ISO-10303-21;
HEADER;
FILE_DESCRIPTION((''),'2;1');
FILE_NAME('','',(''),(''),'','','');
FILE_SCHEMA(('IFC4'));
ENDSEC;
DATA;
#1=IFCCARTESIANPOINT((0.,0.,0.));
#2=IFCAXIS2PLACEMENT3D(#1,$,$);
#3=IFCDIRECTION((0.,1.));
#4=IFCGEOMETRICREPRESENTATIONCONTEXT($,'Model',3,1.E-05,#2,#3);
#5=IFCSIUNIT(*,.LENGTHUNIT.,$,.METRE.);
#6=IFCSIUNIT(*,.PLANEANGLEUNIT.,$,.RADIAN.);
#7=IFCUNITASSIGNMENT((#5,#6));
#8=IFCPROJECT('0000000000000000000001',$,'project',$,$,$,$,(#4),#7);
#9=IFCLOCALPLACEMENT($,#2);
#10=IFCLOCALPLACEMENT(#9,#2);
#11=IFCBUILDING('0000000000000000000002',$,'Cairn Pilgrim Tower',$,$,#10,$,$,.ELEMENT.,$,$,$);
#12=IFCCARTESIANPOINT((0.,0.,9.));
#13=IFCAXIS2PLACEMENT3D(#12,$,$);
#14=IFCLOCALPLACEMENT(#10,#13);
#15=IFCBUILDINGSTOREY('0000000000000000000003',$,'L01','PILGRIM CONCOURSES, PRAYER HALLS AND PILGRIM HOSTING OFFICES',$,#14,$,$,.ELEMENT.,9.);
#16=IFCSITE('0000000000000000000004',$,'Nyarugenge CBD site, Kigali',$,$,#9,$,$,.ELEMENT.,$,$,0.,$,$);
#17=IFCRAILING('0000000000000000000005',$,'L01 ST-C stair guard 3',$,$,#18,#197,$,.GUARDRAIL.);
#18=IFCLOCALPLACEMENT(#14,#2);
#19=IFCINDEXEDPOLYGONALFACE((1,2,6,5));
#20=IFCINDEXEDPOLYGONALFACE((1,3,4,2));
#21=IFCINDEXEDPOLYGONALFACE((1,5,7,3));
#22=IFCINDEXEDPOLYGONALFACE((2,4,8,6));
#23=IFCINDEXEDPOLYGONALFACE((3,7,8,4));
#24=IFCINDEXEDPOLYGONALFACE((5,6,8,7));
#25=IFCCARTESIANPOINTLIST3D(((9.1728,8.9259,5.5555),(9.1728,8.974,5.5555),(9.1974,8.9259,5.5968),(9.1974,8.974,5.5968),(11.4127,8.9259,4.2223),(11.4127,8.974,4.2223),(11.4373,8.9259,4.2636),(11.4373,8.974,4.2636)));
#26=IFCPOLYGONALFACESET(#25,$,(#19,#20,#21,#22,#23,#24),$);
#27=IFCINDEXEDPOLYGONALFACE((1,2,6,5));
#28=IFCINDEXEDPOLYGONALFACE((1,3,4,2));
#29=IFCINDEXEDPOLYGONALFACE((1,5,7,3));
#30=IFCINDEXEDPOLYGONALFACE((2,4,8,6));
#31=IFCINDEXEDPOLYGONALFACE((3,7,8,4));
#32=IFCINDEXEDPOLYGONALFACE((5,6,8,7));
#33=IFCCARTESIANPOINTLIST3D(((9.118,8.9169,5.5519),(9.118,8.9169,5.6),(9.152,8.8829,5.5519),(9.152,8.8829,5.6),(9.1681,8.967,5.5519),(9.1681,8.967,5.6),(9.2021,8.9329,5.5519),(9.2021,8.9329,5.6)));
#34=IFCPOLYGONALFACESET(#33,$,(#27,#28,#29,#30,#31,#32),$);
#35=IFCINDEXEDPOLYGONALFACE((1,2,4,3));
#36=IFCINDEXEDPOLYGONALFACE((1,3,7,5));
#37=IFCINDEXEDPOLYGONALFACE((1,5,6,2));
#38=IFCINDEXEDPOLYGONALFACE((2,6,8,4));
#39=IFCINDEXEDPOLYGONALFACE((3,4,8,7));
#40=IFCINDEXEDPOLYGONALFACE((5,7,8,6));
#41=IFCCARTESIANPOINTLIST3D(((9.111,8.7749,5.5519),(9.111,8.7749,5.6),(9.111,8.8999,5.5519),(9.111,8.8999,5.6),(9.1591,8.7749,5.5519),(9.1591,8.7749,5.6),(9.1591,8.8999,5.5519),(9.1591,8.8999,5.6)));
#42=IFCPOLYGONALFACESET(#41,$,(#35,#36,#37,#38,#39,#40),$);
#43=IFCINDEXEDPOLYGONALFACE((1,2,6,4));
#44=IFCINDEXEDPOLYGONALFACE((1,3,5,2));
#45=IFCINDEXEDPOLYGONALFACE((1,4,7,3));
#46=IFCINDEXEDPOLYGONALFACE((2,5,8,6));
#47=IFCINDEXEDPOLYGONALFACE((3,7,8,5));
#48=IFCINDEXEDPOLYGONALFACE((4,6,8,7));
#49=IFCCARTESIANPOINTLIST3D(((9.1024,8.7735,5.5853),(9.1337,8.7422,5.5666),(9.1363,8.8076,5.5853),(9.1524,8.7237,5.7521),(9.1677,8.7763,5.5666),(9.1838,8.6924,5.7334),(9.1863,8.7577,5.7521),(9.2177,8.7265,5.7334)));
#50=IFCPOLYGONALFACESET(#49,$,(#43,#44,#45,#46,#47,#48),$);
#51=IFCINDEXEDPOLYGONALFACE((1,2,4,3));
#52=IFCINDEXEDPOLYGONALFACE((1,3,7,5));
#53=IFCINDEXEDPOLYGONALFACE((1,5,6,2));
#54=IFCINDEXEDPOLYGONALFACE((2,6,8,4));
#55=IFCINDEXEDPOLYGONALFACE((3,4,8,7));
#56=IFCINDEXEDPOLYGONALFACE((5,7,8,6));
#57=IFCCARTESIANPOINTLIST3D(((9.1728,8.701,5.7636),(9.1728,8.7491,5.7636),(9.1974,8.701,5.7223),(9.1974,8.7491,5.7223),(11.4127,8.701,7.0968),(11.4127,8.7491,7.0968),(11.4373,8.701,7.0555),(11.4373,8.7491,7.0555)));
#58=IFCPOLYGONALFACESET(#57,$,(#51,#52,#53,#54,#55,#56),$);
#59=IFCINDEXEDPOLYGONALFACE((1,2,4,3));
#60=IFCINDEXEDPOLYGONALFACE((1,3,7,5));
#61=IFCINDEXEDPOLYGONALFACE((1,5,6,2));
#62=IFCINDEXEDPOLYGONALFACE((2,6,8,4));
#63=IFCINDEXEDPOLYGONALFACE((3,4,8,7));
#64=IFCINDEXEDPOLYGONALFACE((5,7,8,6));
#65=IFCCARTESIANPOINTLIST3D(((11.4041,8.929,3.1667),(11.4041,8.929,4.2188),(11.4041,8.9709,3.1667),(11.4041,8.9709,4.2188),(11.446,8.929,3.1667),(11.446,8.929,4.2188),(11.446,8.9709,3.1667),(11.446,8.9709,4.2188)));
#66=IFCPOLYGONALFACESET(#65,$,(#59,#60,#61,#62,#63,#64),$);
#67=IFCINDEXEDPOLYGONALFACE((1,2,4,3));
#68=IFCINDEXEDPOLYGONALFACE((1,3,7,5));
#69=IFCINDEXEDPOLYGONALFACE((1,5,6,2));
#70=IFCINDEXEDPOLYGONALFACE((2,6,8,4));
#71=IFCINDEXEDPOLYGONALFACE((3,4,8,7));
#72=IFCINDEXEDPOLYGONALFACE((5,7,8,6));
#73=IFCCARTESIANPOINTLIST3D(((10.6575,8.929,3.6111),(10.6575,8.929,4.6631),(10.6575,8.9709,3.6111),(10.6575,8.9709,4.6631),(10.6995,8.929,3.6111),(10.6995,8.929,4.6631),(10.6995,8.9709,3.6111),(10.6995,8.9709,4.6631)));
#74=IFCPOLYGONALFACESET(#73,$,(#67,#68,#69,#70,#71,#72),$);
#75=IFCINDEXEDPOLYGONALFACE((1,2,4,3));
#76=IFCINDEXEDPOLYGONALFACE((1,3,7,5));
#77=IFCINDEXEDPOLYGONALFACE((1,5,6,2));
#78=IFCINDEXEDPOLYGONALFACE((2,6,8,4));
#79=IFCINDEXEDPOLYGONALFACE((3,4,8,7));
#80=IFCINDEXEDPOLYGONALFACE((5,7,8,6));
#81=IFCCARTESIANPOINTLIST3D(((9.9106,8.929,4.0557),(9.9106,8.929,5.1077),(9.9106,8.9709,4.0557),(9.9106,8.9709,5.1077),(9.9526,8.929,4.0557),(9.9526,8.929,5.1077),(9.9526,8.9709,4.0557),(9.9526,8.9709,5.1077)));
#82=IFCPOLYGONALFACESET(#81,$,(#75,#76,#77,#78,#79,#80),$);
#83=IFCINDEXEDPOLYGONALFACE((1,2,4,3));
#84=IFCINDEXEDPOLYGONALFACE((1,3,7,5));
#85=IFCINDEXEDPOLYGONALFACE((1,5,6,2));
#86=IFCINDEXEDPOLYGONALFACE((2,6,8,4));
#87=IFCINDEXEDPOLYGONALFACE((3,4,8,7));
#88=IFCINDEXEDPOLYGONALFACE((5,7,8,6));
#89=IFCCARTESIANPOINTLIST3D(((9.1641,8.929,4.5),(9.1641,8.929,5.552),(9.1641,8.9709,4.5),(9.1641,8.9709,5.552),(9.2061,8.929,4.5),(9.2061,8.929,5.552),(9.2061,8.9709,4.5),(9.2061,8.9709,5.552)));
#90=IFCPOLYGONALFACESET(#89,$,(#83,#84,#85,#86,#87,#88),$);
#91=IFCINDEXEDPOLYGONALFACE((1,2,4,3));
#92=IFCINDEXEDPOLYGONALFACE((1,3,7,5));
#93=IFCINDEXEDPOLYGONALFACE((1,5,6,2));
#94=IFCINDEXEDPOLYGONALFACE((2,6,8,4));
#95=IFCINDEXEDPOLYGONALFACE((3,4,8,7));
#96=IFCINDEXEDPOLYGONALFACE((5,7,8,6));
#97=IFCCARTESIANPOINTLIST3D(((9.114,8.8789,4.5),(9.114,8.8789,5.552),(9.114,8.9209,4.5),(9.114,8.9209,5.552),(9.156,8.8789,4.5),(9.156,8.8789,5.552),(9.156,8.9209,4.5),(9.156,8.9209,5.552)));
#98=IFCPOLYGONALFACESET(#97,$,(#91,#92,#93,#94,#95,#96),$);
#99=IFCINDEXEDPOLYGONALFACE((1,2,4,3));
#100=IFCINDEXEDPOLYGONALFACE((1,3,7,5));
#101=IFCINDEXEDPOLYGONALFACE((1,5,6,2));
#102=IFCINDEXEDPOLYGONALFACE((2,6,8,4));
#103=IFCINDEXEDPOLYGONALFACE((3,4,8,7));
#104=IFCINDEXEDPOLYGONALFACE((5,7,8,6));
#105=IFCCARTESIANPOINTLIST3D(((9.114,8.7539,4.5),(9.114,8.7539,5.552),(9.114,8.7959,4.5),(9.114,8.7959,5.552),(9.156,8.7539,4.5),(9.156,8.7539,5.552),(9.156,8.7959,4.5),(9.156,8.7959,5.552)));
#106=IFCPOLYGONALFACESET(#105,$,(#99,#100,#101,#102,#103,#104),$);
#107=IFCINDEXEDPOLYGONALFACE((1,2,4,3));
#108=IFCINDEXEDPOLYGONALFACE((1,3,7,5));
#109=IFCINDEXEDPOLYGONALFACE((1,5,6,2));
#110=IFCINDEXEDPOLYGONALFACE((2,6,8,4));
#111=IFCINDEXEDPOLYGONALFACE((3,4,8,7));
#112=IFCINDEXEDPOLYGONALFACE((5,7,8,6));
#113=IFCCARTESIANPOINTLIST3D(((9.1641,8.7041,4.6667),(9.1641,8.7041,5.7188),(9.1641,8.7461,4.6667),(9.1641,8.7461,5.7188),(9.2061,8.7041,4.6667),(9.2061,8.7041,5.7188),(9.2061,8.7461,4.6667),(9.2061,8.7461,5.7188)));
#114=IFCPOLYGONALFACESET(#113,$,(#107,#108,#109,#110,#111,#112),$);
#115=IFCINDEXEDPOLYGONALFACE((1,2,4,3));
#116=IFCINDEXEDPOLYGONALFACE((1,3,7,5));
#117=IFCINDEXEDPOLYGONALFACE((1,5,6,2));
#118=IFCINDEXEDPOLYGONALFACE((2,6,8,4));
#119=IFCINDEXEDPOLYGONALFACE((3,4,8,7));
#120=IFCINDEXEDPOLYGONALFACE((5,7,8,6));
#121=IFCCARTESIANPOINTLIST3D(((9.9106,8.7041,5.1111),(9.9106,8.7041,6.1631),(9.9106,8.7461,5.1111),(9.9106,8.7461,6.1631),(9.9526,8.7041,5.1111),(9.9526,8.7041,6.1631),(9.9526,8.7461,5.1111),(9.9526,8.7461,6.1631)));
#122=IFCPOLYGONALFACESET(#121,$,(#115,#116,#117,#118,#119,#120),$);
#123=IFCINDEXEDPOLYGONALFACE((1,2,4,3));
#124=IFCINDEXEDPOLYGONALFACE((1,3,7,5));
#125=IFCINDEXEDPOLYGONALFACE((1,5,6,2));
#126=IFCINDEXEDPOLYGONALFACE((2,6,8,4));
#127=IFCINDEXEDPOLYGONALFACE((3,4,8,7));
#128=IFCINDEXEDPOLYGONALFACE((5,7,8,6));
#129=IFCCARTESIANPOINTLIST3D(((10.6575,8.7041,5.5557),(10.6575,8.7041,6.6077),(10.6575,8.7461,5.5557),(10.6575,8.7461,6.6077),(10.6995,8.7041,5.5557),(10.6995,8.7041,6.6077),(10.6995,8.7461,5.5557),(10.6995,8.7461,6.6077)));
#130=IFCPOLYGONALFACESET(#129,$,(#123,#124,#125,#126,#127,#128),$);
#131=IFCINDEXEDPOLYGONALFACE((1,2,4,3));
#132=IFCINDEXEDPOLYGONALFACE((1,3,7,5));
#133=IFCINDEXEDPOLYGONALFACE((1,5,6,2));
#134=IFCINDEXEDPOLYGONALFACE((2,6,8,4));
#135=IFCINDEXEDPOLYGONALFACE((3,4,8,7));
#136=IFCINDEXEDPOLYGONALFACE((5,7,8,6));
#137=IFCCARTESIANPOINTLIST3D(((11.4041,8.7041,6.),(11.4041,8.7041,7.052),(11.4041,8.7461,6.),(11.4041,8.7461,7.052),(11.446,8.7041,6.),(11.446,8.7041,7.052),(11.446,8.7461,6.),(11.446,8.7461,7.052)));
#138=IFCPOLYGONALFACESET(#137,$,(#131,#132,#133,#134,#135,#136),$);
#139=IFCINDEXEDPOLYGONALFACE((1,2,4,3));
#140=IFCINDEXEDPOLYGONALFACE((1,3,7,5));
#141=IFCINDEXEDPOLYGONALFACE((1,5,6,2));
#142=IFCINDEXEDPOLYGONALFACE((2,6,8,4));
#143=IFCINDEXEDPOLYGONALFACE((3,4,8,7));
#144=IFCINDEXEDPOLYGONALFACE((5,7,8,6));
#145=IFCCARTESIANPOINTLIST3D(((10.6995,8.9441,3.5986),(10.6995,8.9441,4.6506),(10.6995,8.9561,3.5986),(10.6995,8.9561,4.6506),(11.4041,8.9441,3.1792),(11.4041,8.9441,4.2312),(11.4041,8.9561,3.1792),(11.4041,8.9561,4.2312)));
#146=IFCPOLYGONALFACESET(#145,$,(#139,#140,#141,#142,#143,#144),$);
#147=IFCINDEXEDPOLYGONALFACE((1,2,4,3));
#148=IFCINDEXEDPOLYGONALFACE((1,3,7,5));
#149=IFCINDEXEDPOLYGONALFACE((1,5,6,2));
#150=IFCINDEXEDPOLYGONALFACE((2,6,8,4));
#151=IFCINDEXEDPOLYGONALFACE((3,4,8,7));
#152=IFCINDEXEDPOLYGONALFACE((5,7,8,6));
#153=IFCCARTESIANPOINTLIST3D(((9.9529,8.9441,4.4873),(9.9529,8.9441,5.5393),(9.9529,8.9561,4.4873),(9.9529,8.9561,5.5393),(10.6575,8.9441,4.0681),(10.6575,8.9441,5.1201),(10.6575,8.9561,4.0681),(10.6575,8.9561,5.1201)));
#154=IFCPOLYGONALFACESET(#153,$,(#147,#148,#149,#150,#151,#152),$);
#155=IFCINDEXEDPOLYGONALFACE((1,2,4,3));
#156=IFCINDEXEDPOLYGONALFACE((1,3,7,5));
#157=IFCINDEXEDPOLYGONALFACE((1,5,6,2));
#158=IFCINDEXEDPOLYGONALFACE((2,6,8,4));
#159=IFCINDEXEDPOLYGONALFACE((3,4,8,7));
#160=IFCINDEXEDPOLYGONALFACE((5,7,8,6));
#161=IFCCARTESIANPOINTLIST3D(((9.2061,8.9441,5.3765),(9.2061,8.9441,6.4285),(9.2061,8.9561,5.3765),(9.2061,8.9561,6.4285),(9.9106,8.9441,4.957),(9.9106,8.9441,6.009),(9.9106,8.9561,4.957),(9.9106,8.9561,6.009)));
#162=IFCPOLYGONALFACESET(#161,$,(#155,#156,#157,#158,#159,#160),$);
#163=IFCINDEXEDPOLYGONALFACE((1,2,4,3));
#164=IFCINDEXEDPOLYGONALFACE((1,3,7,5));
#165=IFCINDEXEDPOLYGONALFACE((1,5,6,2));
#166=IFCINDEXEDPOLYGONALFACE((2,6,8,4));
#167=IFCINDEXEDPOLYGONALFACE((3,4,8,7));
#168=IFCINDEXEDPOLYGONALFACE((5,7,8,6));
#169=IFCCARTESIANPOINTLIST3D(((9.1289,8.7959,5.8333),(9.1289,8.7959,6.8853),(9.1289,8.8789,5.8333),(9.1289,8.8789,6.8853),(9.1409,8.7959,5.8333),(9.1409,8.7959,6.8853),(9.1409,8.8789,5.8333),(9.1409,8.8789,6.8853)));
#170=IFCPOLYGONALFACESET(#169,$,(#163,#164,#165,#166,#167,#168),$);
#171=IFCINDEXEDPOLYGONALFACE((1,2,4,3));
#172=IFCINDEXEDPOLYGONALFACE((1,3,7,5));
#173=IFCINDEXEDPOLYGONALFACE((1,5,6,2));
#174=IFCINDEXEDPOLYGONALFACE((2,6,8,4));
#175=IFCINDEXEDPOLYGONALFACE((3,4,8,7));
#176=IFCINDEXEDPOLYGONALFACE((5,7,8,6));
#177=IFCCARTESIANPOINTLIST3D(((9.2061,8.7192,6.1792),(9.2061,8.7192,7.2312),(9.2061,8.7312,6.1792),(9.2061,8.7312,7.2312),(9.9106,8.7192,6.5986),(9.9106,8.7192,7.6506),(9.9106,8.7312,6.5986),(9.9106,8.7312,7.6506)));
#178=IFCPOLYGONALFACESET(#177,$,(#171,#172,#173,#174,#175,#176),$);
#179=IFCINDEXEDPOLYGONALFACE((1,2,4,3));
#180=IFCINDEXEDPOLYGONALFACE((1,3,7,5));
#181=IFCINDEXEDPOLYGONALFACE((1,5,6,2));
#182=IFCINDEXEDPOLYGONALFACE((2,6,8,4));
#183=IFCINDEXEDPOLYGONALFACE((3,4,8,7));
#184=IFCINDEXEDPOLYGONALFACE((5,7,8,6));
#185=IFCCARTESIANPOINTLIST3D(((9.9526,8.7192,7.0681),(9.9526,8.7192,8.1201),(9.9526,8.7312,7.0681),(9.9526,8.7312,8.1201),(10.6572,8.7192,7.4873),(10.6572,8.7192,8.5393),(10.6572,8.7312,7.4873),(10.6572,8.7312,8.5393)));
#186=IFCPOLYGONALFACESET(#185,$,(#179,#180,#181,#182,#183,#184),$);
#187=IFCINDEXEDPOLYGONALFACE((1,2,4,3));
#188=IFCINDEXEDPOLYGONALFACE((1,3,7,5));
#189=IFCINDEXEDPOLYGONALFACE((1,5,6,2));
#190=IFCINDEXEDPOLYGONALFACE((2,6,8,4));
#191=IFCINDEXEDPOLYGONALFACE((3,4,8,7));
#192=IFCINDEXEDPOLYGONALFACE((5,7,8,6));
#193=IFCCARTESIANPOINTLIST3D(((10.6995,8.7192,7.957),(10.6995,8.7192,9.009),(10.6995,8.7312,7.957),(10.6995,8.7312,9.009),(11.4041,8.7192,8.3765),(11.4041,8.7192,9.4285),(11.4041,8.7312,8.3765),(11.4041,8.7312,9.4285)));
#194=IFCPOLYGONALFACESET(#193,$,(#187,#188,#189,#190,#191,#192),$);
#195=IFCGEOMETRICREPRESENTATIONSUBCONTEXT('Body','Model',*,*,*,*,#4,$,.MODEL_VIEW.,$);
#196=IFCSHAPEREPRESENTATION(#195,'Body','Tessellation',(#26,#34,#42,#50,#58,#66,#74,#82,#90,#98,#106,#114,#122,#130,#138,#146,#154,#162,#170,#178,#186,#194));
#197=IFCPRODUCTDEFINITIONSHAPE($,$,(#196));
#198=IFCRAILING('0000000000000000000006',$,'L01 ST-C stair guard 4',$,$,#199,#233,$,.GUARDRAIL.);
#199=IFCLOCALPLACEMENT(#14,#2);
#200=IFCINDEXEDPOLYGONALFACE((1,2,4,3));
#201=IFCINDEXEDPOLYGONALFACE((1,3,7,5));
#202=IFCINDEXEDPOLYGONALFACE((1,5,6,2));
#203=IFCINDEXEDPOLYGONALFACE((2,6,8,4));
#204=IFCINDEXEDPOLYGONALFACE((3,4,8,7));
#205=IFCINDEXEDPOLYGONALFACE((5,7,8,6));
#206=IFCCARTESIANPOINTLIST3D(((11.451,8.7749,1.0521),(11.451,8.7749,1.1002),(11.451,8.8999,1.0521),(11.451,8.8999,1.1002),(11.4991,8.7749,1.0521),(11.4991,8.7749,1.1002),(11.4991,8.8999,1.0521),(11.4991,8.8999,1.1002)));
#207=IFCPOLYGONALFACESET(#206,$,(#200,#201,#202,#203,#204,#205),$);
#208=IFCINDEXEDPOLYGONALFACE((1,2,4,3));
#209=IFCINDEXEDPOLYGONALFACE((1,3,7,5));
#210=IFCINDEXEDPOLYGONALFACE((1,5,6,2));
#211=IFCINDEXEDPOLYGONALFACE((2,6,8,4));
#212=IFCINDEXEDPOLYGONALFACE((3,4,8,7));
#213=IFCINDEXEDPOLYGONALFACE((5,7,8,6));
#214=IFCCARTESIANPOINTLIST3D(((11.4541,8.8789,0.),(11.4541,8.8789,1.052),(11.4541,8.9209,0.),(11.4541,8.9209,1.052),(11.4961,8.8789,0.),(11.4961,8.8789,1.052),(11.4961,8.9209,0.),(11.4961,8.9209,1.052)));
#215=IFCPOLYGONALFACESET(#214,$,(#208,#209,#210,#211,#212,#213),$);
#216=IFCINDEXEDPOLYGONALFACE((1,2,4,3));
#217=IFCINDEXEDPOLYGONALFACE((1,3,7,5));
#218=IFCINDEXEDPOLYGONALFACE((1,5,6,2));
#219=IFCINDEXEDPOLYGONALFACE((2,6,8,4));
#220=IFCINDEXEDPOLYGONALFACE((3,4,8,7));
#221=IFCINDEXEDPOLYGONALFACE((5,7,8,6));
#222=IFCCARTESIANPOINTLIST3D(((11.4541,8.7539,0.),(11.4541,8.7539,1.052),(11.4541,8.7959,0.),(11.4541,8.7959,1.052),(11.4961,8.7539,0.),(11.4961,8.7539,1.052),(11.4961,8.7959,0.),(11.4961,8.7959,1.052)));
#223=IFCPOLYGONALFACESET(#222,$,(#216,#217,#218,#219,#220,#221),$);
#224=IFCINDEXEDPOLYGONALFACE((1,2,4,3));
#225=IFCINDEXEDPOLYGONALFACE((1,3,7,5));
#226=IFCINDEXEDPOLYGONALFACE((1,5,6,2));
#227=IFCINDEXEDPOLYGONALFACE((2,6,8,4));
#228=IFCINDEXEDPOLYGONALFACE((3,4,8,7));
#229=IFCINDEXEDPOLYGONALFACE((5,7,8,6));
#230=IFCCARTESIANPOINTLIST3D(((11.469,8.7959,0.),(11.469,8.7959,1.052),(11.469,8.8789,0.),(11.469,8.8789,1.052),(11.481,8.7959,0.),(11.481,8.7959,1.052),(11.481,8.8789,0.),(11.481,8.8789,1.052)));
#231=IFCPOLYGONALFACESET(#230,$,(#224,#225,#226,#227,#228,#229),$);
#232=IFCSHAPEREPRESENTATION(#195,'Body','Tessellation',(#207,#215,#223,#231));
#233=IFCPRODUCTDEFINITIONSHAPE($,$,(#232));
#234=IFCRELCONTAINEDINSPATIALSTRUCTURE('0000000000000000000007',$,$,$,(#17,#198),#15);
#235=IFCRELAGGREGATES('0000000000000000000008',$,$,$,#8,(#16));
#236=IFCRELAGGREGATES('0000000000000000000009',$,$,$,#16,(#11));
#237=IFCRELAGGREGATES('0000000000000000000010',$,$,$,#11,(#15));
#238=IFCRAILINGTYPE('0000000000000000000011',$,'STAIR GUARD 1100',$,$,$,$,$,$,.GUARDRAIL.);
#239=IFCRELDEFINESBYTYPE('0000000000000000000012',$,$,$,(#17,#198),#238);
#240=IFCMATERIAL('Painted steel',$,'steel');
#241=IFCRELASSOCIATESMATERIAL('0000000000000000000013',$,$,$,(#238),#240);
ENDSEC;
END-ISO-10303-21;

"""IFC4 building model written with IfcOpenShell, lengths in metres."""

from ifc_helpers import new_model, si_unit, direction, frame, origin, origin_2d, place, context, subcontext, project, spatial, polyline, rectangle, outline, extrude, material, type_object, element, save


model = new_model("IFC4")

# Units and contexts
model_context = context("Model", 3, precision=1e-05, world=origin(), true_north=direction((0.0, 1.0)))
body_context = subcontext(model_context, "Body", "Model", "MODEL_VIEW")
ifc_project = project(units=[si_unit("LENGTHUNIT", "METRE"), si_unit("PLANEANGLEUNIT", "RADIAN")], contexts=[model_context])

# Site, building, storey
site_placement = place(None, origin())
site = spatial("IfcSite", under=ifc_project, at=site_placement, Name="Nyarugenge CBD site, Kigali", CompositionType="ELEMENT", RefElevation=0.0)
building_placement = place(site_placement, origin())
building = spatial("IfcBuilding", under=site, at=building_placement, Name="Cairn Pilgrim Tower", CompositionType="ELEMENT")
storey_placement = place(building_placement, frame((0.0, 0.0, 9.0)))
storey = spatial("IfcBuildingStorey", under=building, at=storey_placement, Name="L01", Description="PILGRIM CONCOURSES, PRAYER HALLS AND PILGRIM HOSTING OFFICES", CompositionType="ELEMENT", Elevation=9.0)

# Shared definitions
ifc_material_1 = material(Name="Painted steel", Category="steel")

# Railings
railing_type_1 = type_object("IfcRailingType", Name="STAIR GUARD 1100", PredefinedType="GUARDRAIL", material=ifc_material_1)
railing_1_placement = place(storey_placement, frame((11.425, 8.95, 3.1667)))
element("IfcRailing", 1, at=railing_1_placement, inside=storey, type_object=railing_type_1, Name="L01 ST-C stair guard 3", PredefinedType="GUARDRAIL", context=body_context, shape_type="SweptSolid", body=[
    extrude(rectangle(XDim=0.0481, YDim=0.0481, at=origin_2d()), frame((0.0, 0.0, 1.0762), z_axis=(-0.859306, 0.0, 0.511462), x_axis=(0.0, -1.0, 0.0)), (0.0, 0.0, 1.0), 2.6067),
    extrude(rectangle(XDim=0.0481, YDim=0.0481, at=origin_2d()), frame((-2.24, 0.0, 2.4092), z_axis=(-0.707107, -0.707107, 0.0), x_axis=(0.707107, -0.707107, 0.0)), (0.0, 0.0, 1.0), 0.0708),
    extrude(rectangle(XDim=0.0481, YDim=0.0481, at=origin_2d()), frame((-2.29, -0.05, 2.4092), z_axis=(0.0, -1.0, 0.0), x_axis=(1.0, 0.0, 0.0)), (0.0, 0.0, 1.0), 0.125),
    extrude(rectangle(XDim=0.0481, YDim=0.0481, at=origin_2d()), frame((-2.29, -0.175, 2.4092), z_axis=(0.276389, -0.275041, 0.920848), x_axis=(0.705376, 0.708834, 0.0)), (0.0, 0.0, 1.0), 0.1812),
    extrude(rectangle(XDim=0.0481, YDim=0.0481, at=origin_2d()), frame((-2.24, -0.2249, 2.5762), z_axis=(0.859306, 0.0, 0.511462), x_axis=(0.0, 1.0, 0.0)), (0.0, 0.0, 1.0), 2.6067),
    extrude(rectangle(XDim=0.042, YDim=0.042, at=origin_2d()), origin(), (0.0, 0.0, 1.0), 1.052),
    extrude(rectangle(XDim=0.042, YDim=0.042, at=origin_2d()), frame((-0.7466, 0.0, 0.4443)), (0.0, 0.0, 1.0), 1.052),
    extrude(rectangle(XDim=0.042, YDim=0.042, at=origin_2d()), frame((-1.4934, 0.0, 0.8889)), (0.0, 0.0, 1.0), 1.052),
    extrude(rectangle(XDim=0.042, YDim=0.042, at=origin_2d()), frame((-2.24, 0.0, 1.3333)), (0.0, 0.0, 1.0), 1.052),
    extrude(rectangle(XDim=0.042, YDim=0.042, at=origin_2d()), frame((-2.29, -0.05, 1.3333)), (0.0, 0.0, 1.0), 1.052),
    extrude(rectangle(XDim=0.042, YDim=0.042, at=origin_2d()), frame((-2.29, -0.175, 1.3333)), (0.0, 0.0, 1.0), 1.052),
    extrude(rectangle(XDim=0.042, YDim=0.042, at=origin_2d()), frame((-2.24, -0.2249, 1.5)), (0.0, 0.0, 1.0), 1.052),
    extrude(rectangle(XDim=0.042, YDim=0.042, at=origin_2d()), frame((-1.4934, -0.2249, 1.9443)), (0.0, 0.0, 1.0), 1.052),
    extrude(rectangle(XDim=0.042, YDim=0.042, at=origin_2d()), frame((-0.7466, -0.2249, 2.3889)), (0.0, 0.0, 1.0), 1.052),
    extrude(rectangle(XDim=0.042, YDim=0.042, at=origin_2d()), frame((0.0, -0.2249, 2.8333)), (0.0, 0.0, 1.0), 1.052),
    extrude(outline(polyline([(0.021, 0.0125), (0.7256, 0.4319), (0.7256, 1.4839), (0.021, 1.0645), (0.021, 0.0125)])), frame((0.0, -0.0059, 0.0), z_axis=(0.0, 1.0, 0.0), x_axis=(-1.0, 0.0, 0.0)), (0.0, 0.0, 1.0), 0.012),
    extrude(outline(polyline([(0.021, 0.457), (0.7256, 0.8762), (0.7256, 1.9282), (0.021, 1.509), (0.021, 0.457)])), frame((-0.7466, -0.0059, 0.4443), z_axis=(0.0, 1.0, 0.0), x_axis=(-1.0, 0.0, 0.0)), (0.0, 0.0, 1.0), 0.012),
    extrude(outline(polyline([(0.021, 0.9014), (0.7256, 1.3208), (0.7256, 2.3728), (0.021, 1.9534), (0.021, 0.9014)])), frame((-1.4934, -0.0059, 0.8889), z_axis=(0.0, 1.0, 0.0), x_axis=(-1.0, 0.0, 0.0)), (0.0, 0.0, 1.0), 0.012),
    extrude(outline(polyline([(0.021, 1.3333), (0.104, 1.3333), (0.104, 2.3853), (0.021, 2.3853), (0.021, 1.3333)])), frame((-2.2842, -0.05, 1.3333), z_axis=(-1.0, 0.0, 0.0), x_axis=(0.0, -1.0, 0.0)), (0.0, 0.0, 1.0), 0.012),
    extrude(outline(polyline([(0.021, 1.5125), (0.7256, 1.9319), (0.7256, 2.9839), (0.021, 2.5645), (0.021, 1.5125)])), frame((-2.24, -0.2188, 1.5), z_axis=(0.0, -1.0, 0.0), x_axis=(1.0, 0.0, 0.0)), (0.0, 0.0, 1.0), 0.012),
    extrude(outline(polyline([(0.021, 1.957), (0.7256, 2.3762), (0.7256, 3.4282), (0.021, 3.009), (0.021, 1.957)])), frame((-1.4934, -0.2188, 1.9443), z_axis=(0.0, -1.0, 0.0), x_axis=(1.0, 0.0, 0.0)), (0.0, 0.0, 1.0), 0.012),
    extrude(outline(polyline([(0.021, 2.4014), (0.7256, 2.8208), (0.7256, 3.8728), (0.021, 3.4534), (0.021, 2.4014)])), frame((-0.7466, -0.2188, 2.3889), z_axis=(0.0, -1.0, 0.0), x_axis=(1.0, 0.0, 0.0)), (0.0, 0.0, 1.0), 0.012),
])
railing_2_placement = place(storey_placement, frame((11.4751, 8.8999, 0.0)))
element("IfcRailing", 2, at=railing_2_placement, inside=storey, type_object=railing_type_1, Name="L01 ST-C stair guard 4", PredefinedType="GUARDRAIL", context=body_context, shape_type="SweptSolid", body=[
    extrude(rectangle(XDim=0.0481, YDim=0.0481, at=origin_2d()), frame((0.0, 0.0, 1.0762), z_axis=(0.0, -1.0, 0.0), x_axis=(1.0, 0.0, 0.0)), (0.0, 0.0, 1.0), 0.125),
    extrude(rectangle(XDim=0.042, YDim=0.042, at=origin_2d()), origin(), (0.0, 0.0, 1.0), 1.052),
    extrude(rectangle(XDim=0.042, YDim=0.042, at=origin_2d()), frame((0.0, -0.125, 0.0)), (0.0, 0.0, 1.0), 1.052),
    extrude(outline(polyline([(0.021, 0.0), (0.104, 0.0), (0.104, 1.052), (0.021, 1.052), (0.021, 0.0)])), frame((0.0059, 0.0, 0.0), z_axis=(-1.0, 0.0, 0.0), x_axis=(0.0, -1.0, 0.0)), (0.0, 0.0, 1.0), 0.012),
])

save(model, "model.ifc")
